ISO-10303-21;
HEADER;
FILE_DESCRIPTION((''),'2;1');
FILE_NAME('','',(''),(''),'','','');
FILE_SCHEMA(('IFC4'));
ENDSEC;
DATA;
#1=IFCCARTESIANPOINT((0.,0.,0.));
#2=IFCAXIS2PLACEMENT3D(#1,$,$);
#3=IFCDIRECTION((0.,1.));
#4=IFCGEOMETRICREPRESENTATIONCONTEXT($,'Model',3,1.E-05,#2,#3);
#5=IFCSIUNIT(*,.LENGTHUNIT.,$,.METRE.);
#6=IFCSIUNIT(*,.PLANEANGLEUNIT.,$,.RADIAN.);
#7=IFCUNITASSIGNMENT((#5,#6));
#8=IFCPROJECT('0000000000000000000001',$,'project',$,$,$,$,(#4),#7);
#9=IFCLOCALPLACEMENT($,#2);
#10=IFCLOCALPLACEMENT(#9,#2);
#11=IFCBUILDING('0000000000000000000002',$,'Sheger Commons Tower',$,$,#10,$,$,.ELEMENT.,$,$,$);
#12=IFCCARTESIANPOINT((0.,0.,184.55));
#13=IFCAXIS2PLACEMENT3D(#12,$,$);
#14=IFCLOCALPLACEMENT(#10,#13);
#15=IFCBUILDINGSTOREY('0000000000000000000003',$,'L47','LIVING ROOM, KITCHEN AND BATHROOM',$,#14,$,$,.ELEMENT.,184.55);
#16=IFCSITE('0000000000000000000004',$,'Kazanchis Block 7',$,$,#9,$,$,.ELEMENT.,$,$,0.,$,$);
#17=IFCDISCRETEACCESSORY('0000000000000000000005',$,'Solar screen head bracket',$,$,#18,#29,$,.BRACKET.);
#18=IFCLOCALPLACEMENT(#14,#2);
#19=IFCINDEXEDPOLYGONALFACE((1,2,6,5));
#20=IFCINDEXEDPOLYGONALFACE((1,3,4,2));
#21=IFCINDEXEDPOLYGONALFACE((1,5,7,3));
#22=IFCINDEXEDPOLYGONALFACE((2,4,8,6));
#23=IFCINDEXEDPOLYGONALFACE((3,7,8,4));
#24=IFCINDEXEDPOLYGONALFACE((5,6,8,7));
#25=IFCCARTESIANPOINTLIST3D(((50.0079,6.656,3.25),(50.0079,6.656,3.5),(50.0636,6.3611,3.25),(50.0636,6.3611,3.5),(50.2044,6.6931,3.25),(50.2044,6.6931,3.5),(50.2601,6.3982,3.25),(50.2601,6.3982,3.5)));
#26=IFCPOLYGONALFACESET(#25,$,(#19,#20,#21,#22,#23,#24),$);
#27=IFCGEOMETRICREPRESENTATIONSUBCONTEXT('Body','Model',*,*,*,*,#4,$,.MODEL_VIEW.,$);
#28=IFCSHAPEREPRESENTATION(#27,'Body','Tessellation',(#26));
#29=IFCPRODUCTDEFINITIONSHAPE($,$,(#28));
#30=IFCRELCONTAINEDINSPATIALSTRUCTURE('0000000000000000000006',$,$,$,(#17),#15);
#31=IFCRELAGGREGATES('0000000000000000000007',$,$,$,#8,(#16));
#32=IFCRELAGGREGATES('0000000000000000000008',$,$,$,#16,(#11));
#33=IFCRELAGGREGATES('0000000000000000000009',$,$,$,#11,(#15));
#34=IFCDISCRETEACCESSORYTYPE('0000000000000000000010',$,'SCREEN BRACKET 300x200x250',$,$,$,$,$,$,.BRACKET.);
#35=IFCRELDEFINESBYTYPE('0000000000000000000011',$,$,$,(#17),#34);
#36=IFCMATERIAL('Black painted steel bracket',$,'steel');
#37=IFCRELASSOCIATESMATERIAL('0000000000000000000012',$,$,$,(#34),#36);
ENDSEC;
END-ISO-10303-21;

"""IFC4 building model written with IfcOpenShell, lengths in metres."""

from ifc_helpers import new_model, si_unit, direction, frame, origin, origin_2d, place, context, subcontext, project, spatial, rectangle, extrude, material, type_object, element, save


model = new_model("IFC4")

# Units and contexts
model_context = context("Model", 3, precision=1e-05, world=origin(), true_north=direction((0.0, 1.0)))
body_context = subcontext(model_context, "Body", "Model", "MODEL_VIEW")
ifc_project = project(units=[si_unit("LENGTHUNIT", "METRE"), si_unit("PLANEANGLEUNIT", "RADIAN")], contexts=[model_context])

# Site, building, storey
site_placement = place(None, origin())
site = spatial("IfcSite", under=ifc_project, at=site_placement, Name="Kazanchis Block 7", CompositionType="ELEMENT", RefElevation=0.0)
building_placement = place(site_placement, origin())
building = spatial("IfcBuilding", under=site, at=building_placement, Name="Sheger Commons Tower", CompositionType="ELEMENT")
storey_placement = place(building_placement, frame((0.0, 0.0, 184.55)))
storey = spatial("IfcBuildingStorey", under=building, at=storey_placement, Name="L47", Description="LIVING ROOM, KITCHEN AND BATHROOM", CompositionType="ELEMENT", Elevation=184.55)

# Discrete accessory
ifc_material_1 = material(Name="Black painted steel bracket", Category="steel")
discrete_accessory_type = type_object("IfcDiscreteAccessoryType", Name="SCREEN BRACKET 300x200x250", PredefinedType="BRACKET", material=ifc_material_1)
for number, where, z_axis, x_axis, name in (
    (1, (50.134, 6.5271, 3.25), (0.0, 0.0, 1.0), (-0.185615, 0.982623, 0.0), "Solar screen head bracket"),
):
    element("IfcDiscreteAccessory", number, at=place(storey_placement, frame(where, z_axis=z_axis, x_axis=x_axis)), inside=storey, type_object=discrete_accessory_type, Name=name, PredefinedType="BRACKET", context=body_context, shape_type="SweptSolid", body=[
        extrude(rectangle(XDim=0.3, YDim=0.2, at=origin_2d()), origin(), (0.0, 0.0, 1.0), 0.25),
    ])

save(model, "model.ifc")
